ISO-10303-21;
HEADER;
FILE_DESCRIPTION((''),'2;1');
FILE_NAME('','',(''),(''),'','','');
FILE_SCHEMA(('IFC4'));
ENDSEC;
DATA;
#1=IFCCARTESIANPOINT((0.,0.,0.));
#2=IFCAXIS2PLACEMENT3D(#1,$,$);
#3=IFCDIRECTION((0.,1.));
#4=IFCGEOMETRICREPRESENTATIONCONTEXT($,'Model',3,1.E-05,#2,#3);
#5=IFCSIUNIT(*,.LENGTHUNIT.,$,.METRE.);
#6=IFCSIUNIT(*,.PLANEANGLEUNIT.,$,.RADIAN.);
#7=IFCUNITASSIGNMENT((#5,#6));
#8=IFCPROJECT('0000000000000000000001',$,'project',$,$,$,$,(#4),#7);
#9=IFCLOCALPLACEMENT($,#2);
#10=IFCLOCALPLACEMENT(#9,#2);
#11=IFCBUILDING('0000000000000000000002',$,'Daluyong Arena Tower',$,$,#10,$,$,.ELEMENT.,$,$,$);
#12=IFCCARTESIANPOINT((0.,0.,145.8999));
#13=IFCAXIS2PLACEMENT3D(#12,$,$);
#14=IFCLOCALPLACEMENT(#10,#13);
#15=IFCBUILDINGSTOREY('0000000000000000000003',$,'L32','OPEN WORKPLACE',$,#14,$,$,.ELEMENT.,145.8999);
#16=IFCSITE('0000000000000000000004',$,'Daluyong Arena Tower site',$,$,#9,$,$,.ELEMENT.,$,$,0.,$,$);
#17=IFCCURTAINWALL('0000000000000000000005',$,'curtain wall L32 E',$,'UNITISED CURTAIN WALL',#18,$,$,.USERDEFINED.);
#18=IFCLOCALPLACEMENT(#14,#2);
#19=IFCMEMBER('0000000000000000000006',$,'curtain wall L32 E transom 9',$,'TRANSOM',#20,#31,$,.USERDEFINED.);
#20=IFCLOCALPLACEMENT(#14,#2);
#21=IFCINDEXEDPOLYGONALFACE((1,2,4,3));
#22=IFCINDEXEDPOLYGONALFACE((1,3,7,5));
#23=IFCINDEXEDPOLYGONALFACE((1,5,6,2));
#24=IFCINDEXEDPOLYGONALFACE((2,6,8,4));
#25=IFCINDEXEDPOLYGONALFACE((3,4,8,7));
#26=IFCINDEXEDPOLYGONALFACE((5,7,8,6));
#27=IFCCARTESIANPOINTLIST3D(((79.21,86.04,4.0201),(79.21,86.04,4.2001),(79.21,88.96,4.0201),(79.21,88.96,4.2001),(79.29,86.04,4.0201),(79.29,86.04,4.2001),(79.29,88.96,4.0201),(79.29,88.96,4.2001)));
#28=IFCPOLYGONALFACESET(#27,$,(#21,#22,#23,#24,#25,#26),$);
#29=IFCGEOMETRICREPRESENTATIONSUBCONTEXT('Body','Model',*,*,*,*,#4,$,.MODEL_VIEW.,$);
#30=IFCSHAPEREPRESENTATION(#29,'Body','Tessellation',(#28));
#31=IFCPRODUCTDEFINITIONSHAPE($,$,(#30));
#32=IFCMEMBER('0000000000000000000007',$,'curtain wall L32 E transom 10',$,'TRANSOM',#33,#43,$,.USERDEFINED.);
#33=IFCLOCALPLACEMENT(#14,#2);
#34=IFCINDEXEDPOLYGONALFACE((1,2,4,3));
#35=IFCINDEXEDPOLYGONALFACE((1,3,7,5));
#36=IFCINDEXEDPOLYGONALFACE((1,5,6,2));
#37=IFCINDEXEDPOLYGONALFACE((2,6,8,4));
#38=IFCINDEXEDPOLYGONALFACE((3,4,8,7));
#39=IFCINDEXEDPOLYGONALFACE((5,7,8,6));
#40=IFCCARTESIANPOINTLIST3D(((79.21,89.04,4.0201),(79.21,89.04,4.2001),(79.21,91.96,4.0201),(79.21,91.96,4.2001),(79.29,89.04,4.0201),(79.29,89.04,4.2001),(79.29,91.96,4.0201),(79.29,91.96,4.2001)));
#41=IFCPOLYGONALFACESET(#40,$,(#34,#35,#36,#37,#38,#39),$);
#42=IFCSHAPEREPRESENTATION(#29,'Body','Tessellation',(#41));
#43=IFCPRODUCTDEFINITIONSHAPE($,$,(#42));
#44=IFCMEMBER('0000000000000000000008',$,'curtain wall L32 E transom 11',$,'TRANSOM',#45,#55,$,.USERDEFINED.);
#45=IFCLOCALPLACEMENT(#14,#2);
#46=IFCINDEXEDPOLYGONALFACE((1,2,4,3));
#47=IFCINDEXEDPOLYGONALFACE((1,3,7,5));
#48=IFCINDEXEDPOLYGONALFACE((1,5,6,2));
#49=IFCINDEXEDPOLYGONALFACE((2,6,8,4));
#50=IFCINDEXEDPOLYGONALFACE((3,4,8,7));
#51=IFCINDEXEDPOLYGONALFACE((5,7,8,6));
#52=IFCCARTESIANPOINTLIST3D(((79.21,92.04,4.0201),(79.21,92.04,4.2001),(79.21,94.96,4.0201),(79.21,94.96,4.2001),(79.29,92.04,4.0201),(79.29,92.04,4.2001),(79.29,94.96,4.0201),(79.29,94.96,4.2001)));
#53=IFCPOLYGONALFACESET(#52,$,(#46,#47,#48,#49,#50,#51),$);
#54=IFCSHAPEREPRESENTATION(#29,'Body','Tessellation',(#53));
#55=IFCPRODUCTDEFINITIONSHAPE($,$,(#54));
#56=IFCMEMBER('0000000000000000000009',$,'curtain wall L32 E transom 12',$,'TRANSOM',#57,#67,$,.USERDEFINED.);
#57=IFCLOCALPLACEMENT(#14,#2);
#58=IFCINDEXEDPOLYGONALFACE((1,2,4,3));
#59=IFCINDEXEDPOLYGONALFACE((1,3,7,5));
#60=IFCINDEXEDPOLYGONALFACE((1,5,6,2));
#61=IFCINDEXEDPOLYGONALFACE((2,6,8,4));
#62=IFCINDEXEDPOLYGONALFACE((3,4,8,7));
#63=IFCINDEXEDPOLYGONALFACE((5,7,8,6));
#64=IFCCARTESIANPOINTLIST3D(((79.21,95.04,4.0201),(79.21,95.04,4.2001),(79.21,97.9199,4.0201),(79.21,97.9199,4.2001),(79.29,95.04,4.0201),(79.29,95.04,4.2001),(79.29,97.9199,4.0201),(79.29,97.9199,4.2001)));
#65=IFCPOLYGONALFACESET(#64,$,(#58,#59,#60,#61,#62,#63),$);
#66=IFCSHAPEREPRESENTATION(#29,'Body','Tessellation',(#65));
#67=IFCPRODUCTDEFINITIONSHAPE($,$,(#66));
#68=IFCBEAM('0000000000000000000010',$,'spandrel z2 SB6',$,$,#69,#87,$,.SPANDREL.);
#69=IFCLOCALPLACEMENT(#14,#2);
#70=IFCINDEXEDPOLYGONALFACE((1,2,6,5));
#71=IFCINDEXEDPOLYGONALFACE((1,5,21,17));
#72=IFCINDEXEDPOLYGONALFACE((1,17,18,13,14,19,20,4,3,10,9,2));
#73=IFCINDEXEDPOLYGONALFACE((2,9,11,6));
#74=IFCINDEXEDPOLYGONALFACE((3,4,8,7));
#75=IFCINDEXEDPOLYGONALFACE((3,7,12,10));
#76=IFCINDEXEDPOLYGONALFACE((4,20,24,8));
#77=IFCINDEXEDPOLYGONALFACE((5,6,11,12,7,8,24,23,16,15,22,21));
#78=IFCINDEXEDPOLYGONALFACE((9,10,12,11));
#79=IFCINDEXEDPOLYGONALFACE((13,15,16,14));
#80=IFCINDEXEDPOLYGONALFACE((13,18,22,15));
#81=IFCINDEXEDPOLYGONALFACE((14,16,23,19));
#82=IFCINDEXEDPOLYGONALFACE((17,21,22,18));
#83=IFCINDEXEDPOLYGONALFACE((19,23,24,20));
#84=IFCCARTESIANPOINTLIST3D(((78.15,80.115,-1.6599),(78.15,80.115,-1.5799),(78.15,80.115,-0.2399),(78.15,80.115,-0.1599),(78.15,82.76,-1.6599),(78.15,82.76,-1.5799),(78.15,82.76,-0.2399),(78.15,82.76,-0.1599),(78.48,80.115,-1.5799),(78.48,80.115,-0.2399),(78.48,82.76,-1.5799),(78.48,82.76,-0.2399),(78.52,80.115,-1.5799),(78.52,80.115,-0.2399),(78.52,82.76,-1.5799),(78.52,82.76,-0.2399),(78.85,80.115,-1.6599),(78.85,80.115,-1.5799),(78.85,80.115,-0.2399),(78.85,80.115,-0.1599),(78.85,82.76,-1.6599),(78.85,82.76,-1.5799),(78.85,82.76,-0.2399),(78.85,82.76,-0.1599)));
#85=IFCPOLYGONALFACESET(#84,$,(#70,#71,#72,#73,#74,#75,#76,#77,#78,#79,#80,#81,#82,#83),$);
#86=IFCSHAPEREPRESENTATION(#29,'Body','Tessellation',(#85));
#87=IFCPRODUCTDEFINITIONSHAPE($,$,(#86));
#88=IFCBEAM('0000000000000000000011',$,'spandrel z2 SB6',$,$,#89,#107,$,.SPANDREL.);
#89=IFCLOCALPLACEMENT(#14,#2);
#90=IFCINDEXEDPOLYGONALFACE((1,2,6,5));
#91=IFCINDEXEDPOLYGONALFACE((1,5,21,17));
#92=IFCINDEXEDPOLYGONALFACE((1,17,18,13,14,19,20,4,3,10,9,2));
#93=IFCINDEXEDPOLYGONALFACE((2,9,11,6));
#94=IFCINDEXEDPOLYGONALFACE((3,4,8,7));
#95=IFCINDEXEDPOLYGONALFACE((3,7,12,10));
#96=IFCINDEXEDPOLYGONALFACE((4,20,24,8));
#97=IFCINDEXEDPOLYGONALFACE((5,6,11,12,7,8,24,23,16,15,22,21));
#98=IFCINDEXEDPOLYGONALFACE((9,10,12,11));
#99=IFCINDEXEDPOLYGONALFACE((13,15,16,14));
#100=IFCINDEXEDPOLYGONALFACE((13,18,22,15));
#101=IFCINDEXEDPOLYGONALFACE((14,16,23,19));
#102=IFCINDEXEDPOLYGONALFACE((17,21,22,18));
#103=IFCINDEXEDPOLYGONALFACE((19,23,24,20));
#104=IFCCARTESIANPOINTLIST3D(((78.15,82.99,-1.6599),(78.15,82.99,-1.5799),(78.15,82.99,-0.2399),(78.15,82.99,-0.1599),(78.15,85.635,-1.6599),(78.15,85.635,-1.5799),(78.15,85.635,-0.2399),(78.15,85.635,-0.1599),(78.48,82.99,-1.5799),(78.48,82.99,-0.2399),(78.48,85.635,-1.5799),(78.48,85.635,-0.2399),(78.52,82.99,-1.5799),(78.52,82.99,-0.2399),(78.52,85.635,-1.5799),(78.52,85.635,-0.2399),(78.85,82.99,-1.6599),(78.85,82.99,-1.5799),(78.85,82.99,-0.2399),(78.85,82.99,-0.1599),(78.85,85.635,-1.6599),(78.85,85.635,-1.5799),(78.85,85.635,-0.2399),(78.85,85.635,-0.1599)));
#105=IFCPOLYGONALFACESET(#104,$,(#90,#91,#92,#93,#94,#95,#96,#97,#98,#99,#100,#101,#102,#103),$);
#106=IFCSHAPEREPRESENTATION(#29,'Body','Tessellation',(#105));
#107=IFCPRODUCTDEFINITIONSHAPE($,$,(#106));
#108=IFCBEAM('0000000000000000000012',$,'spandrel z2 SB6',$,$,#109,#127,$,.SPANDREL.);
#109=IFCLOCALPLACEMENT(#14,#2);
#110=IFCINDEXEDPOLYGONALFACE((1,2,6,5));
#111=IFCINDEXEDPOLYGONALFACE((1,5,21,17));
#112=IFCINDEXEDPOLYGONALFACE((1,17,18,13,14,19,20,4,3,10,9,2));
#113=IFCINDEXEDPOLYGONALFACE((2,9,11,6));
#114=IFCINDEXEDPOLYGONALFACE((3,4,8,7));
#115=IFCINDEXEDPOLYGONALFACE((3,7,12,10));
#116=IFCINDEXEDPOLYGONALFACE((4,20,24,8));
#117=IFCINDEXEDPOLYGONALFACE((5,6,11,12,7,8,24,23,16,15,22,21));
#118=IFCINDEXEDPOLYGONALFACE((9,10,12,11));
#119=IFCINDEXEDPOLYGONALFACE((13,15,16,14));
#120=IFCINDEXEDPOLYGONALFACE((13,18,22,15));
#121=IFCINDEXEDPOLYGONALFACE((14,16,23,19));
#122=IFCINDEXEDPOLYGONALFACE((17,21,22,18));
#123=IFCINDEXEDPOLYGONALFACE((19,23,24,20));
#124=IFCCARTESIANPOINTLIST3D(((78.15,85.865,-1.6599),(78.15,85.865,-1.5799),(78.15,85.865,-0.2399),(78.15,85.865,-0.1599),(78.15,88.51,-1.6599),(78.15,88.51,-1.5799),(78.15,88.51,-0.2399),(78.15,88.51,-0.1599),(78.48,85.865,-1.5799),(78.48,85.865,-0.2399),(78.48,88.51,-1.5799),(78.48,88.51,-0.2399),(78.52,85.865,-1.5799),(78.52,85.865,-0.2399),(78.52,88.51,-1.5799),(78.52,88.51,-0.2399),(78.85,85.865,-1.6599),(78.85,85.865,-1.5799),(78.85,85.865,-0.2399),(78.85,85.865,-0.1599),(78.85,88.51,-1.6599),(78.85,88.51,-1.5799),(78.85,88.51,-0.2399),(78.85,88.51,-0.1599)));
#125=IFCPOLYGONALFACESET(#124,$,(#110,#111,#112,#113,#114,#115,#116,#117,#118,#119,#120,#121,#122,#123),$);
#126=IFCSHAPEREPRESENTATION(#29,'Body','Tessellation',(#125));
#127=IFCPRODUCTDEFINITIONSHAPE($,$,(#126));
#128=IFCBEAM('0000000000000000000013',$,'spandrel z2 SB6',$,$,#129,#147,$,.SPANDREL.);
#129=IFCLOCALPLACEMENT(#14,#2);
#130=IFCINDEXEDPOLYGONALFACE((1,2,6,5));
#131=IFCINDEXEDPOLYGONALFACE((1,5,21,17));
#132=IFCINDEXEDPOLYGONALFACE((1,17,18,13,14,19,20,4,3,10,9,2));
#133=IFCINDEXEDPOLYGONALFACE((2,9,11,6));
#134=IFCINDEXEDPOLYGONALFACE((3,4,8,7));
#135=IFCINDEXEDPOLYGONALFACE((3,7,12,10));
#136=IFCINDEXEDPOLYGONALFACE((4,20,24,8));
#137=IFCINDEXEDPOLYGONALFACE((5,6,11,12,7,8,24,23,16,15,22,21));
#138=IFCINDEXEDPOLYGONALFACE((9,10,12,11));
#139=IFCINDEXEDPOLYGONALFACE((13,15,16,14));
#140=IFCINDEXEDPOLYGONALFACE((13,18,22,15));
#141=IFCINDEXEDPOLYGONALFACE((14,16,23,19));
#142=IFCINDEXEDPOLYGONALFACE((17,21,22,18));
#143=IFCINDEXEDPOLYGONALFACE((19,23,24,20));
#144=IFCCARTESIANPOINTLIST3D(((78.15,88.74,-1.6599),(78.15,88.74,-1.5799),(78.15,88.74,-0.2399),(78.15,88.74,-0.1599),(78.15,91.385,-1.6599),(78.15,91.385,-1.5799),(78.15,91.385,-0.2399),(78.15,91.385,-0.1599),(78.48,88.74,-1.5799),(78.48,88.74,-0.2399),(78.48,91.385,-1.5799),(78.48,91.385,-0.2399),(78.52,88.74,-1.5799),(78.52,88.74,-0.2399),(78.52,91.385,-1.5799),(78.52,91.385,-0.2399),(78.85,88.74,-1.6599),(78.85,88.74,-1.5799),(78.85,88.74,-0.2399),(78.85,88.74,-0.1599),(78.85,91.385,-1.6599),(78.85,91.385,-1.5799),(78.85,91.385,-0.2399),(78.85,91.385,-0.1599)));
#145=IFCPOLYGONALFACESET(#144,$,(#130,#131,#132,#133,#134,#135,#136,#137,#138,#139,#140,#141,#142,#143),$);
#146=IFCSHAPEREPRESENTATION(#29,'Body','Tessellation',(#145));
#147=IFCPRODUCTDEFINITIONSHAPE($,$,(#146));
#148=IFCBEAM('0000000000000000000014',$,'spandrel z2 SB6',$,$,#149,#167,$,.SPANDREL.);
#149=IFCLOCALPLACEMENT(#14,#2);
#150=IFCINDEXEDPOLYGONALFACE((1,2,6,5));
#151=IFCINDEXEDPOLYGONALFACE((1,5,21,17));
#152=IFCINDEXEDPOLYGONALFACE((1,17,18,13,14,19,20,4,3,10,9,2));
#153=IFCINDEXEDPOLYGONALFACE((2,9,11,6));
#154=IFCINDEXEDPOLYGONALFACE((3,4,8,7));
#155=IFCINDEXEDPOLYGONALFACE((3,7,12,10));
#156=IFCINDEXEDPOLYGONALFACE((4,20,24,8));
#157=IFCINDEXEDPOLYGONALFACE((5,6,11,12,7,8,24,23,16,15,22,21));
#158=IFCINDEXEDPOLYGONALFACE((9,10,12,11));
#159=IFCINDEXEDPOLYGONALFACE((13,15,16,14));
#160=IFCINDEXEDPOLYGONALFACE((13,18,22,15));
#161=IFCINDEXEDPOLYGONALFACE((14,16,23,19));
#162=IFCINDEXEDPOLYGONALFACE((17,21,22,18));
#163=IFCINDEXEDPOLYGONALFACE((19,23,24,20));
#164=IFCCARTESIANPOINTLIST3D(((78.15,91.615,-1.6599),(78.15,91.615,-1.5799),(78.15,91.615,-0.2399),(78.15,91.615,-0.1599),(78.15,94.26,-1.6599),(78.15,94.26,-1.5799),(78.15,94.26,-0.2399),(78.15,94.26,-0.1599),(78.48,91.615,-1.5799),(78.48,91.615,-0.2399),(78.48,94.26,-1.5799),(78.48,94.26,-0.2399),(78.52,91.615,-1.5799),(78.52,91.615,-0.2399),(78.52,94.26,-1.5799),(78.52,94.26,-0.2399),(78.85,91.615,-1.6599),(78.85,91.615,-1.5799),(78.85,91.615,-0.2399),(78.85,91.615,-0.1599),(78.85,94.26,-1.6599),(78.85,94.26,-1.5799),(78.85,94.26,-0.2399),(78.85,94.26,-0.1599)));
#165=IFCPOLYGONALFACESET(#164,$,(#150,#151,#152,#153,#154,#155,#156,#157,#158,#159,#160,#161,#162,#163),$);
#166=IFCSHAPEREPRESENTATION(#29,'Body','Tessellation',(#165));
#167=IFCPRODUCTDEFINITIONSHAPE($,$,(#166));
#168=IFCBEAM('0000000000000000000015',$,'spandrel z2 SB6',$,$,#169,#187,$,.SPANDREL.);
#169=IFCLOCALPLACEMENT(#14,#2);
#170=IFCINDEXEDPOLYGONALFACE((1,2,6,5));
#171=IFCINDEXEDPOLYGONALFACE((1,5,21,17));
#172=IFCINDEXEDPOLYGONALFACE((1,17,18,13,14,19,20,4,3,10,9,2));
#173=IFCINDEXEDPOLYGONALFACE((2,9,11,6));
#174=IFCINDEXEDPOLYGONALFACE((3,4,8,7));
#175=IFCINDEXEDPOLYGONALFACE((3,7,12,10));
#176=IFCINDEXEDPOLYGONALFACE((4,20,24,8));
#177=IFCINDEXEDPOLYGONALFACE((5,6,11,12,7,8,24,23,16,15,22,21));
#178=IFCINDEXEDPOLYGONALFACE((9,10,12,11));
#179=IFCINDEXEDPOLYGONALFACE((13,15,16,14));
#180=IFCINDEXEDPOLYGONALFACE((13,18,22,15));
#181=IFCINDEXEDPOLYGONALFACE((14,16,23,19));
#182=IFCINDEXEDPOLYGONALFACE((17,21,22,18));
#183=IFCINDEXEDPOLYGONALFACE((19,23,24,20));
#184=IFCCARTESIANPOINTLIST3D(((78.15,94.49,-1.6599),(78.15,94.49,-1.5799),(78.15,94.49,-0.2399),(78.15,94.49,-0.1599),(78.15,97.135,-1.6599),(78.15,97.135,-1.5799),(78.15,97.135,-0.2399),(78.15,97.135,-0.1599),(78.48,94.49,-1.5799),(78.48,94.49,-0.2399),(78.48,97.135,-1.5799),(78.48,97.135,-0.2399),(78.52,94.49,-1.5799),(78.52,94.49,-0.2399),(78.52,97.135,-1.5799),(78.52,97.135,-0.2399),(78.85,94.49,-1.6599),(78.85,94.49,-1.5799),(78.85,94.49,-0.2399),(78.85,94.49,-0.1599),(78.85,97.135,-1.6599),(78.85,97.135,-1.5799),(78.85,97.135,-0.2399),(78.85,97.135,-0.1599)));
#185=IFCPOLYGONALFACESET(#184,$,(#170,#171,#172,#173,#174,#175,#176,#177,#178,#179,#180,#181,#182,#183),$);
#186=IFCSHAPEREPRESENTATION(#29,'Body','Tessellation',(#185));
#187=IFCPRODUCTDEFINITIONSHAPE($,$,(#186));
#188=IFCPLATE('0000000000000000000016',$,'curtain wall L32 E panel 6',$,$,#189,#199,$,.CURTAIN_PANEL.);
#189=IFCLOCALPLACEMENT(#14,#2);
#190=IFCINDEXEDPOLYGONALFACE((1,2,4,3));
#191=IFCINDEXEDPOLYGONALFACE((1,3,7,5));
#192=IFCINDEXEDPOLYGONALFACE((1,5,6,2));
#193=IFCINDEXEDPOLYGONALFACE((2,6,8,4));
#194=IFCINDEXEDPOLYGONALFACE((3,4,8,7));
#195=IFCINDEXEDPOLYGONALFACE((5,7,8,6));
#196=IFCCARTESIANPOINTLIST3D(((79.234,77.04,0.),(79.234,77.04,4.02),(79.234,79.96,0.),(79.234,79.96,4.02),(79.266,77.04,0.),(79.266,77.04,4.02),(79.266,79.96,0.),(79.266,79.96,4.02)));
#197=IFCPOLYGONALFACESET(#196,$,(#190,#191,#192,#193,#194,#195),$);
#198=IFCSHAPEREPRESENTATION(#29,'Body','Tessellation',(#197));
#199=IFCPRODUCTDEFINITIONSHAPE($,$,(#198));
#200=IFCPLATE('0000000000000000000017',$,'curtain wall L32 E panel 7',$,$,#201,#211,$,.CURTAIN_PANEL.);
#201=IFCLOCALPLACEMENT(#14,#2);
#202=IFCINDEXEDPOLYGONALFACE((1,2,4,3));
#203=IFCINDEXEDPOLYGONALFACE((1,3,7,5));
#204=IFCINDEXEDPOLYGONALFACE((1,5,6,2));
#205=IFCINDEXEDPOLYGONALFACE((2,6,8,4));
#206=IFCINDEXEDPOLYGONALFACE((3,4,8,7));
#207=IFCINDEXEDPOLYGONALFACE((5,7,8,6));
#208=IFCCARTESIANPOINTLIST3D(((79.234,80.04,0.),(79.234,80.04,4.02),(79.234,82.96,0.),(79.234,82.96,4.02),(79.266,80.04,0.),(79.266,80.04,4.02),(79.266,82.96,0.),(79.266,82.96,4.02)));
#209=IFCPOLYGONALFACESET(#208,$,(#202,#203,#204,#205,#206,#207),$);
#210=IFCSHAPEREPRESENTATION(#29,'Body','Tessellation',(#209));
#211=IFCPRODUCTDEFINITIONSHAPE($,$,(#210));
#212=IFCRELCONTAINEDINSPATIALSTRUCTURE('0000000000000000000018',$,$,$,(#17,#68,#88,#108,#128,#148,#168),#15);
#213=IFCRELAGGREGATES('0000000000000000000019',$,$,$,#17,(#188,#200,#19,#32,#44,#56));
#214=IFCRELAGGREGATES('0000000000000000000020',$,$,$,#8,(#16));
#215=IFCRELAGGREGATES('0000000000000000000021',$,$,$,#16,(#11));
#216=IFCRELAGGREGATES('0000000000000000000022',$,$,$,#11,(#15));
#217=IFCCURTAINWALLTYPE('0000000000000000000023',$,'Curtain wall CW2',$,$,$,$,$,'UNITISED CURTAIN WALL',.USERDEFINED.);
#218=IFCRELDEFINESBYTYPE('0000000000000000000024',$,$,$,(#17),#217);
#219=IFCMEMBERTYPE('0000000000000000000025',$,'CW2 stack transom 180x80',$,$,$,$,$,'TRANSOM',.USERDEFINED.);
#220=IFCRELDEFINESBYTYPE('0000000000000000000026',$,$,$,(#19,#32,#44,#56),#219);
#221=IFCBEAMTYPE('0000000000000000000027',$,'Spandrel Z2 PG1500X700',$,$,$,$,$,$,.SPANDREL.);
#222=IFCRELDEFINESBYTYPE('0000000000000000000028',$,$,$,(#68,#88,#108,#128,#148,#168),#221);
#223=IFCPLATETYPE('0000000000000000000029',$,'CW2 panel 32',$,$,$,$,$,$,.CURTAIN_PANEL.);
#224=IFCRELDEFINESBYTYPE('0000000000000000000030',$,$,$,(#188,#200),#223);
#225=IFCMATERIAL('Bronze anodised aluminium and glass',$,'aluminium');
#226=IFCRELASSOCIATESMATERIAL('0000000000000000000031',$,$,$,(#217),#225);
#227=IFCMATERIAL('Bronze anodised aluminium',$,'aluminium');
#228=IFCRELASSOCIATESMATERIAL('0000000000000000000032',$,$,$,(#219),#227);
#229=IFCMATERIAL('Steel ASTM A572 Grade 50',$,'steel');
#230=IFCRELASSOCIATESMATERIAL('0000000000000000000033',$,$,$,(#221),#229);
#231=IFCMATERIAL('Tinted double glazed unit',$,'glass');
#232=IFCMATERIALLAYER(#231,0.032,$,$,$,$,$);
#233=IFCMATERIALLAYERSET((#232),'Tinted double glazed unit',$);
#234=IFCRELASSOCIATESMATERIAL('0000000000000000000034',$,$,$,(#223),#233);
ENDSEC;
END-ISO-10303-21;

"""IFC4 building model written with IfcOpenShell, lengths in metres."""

from ifc_helpers import new_model, si_unit, direction, frame, origin, origin_2d, place, context, subcontext, project, spatial, rectangle, i_section, extrude, material, layer, layer_set, material_profile, profile_set, type_object, element, aggregate, save


model = new_model("IFC4")

# Units and contexts
model_context = context("Model", 3, precision=1e-05, world=origin(), true_north=direction((0.0, 1.0)))
body_context = subcontext(model_context, "Body", "Model", "MODEL_VIEW")
ifc_project = project(units=[si_unit("LENGTHUNIT", "METRE"), si_unit("PLANEANGLEUNIT", "RADIAN")], contexts=[model_context])

# Site, building, storey
site_placement = place(None, origin())
site = spatial("IfcSite", under=ifc_project, at=site_placement, Name="Daluyong Arena Tower site", CompositionType="ELEMENT", RefElevation=0.0)
building_placement = place(site_placement, origin())
building = spatial("IfcBuilding", under=site, at=building_placement, Name="Daluyong Arena Tower", CompositionType="ELEMENT")
storey_placement = place(building_placement, frame((0.0, 0.0, 145.8999)))
storey = spatial("IfcBuildingStorey", under=building, at=storey_placement, Name="L32", Description="OPEN WORKPLACE", CompositionType="ELEMENT", Elevation=145.8999)

# Curtain wall, members
ifc_material_1 = material(Name="Bronze anodised aluminium and glass", Category="aluminium")
curtain_wall_type = type_object("IfcCurtainWallType", Name="Curtain wall CW2", ElementType="UNITISED CURTAIN WALL", PredefinedType="USERDEFINED", material=ifc_material_1)
curtain_wall_placement = place(storey_placement, origin())
curtain_wall = element("IfcCurtainWall", 1, at=curtain_wall_placement, inside=storey, type_object=curtain_wall_type, Name="curtain wall L32 E", ObjectType="UNITISED CURTAIN WALL", PredefinedType="USERDEFINED")
ifc_material_2 = material(Name="Bronze anodised aluminium", Category="aluminium")
ifc_material_profile_1 = material_profile(ifc_material_2, rectangle(XDim=0.0801, YDim=0.1799, at=origin_2d()))
ifc_profile_set_1 = profile_set([ifc_material_profile_1], Name="Bronze anodised aluminium")
member_type_1 = type_object("IfcMemberType", Name="CW2 stack transom 180x80", ElementType="TRANSOM", PredefinedType="USERDEFINED", material=ifc_profile_set_1)
member_1_placement = place(storey_placement, frame((79.25, 86.04, 4.1101), z_axis=(0.0, 1.0, 0.0), x_axis=(-1.0, 0.0, 0.0)))
member_1 = element("IfcMember", 2, at=member_1_placement, type_object=member_type_1, Name="curtain wall L32 E transom 9", ObjectType="TRANSOM", PredefinedType="USERDEFINED", context=body_context, shape_type="SweptSolid", body=[
    extrude(rectangle(XDim=0.0801, YDim=0.1799, at=origin_2d()), origin(), (0.0, 0.0, 1.0), 2.9199),
])
member_2_placement = place(storey_placement, frame((79.25, 89.04, 4.1101), z_axis=(0.0, 1.0, 0.0), x_axis=(-1.0, 0.0, 0.0)))
member_2 = element("IfcMember", 3, at=member_2_placement, type_object=member_type_1, Name="curtain wall L32 E transom 10", ObjectType="TRANSOM", PredefinedType="USERDEFINED", context=body_context, shape_type="SweptSolid", body=[
    extrude(rectangle(XDim=0.0801, YDim=0.1799, at=origin_2d()), origin(), (0.0, 0.0, 1.0), 2.9199),
])
member_3_placement = place(storey_placement, frame((79.25, 92.04, 4.1101), z_axis=(0.0, 1.0, 0.0), x_axis=(-1.0, 0.0, 0.0)))
member_3 = element("IfcMember", 4, at=member_3_placement, type_object=member_type_1, Name="curtain wall L32 E transom 11", ObjectType="TRANSOM", PredefinedType="USERDEFINED", context=body_context, shape_type="SweptSolid", body=[
    extrude(rectangle(XDim=0.0801, YDim=0.1799, at=origin_2d()), origin(), (0.0, 0.0, 1.0), 2.9199),
])
member_4_placement = place(storey_placement, frame((79.25, 95.04, 4.1101), z_axis=(0.0, 1.0, 0.0), x_axis=(-1.0, 0.0, 0.0)))
member_4 = element("IfcMember", 5, at=member_4_placement, type_object=member_type_1, Name="curtain wall L32 E transom 12", ObjectType="TRANSOM", PredefinedType="USERDEFINED", context=body_context, shape_type="SweptSolid", body=[
    extrude(rectangle(XDim=0.0801, YDim=0.1799, at=origin_2d()), origin(), (0.0, 0.0, 1.0), 2.8799),
])

# Beams
ifc_material_3 = material(Name="Steel ASTM A572 Grade 50", Category="steel")
ifc_material_profile_2 = material_profile(ifc_material_3, i_section(OverallWidth=0.7, OverallDepth=1.5, WebThickness=0.04, FlangeThickness=0.08, at=origin_2d()))
ifc_profile_set_2 = profile_set([ifc_material_profile_2], Name="Steel ASTM A572 Grade 50")
beam_type = type_object("IfcBeamType", Name="Spandrel Z2 PG1500X700", PredefinedType="SPANDREL", material=ifc_profile_set_2)
for number, where, z_axis, x_axis, name in (
    (6, (78.5, 80.115, -0.9099), (0.0, 1.0, 0.0), (-1.0, 0.0, 0.0), "spandrel z2 SB6"),
    (7, (78.5, 82.99, -0.9099), (0.0, 1.0, 0.0), (-1.0, 0.0, 0.0), "spandrel z2 SB6"),
    (8, (78.5, 85.865, -0.9099), (0.0, 1.0, 0.0), (-1.0, 0.0, 0.0), "spandrel z2 SB6"),
    (9, (78.5, 88.74, -0.9099), (0.0, 1.0, 0.0), (-1.0, 0.0, 0.0), "spandrel z2 SB6"),
    (10, (78.5, 91.615, -0.9099), (0.0, 1.0, 0.0), (-1.0, 0.0, 0.0), "spandrel z2 SB6"),
    (11, (78.5, 94.49, -0.9099), (0.0, 1.0, 0.0), (-1.0, 0.0, 0.0), "spandrel z2 SB6"),
):
    element("IfcBeam", number, at=place(storey_placement, frame(where, z_axis=z_axis, x_axis=x_axis)), inside=storey, type_object=beam_type, Name=name, PredefinedType="SPANDREL", context=body_context, shape_type="SweptSolid", body=[
        extrude(i_section(OverallWidth=0.7, OverallDepth=1.5, WebThickness=0.04, FlangeThickness=0.08, at=origin_2d()), origin(), (0.0, 0.0, 1.0), 2.645),
    ])

# Plates
ifc_material_4 = material(Name="Tinted double glazed unit", Category="glass")
ifc_layer = layer(ifc_material_4, 0.032)
ifc_layer_set = layer_set([ifc_layer], Name="Tinted double glazed unit")
plate_type = type_object("IfcPlateType", Name="CW2 panel 32", PredefinedType="CURTAIN_PANEL", material=ifc_layer_set)
plate_1_placement = place(storey_placement, frame((79.25, 78.5, 0.0), z_axis=(0.0, 0.0, 1.0), x_axis=(0.0, 1.0, 0.0)))
plate_1 = element("IfcPlate", 12, at=plate_1_placement, type_object=plate_type, Name="curtain wall L32 E panel 6", PredefinedType="CURTAIN_PANEL", context=body_context, shape_type="SweptSolid", body=[
    extrude(rectangle(XDim=2.9199, YDim=0.032, at=origin_2d()), origin(), (0.0, 0.0, 1.0), 4.02),
])
plate_2_placement = place(storey_placement, frame((79.25, 81.5, 0.0), z_axis=(0.0, 0.0, 1.0), x_axis=(0.0, 1.0, 0.0)))
plate_2 = element("IfcPlate", 13, at=plate_2_placement, type_object=plate_type, Name="curtain wall L32 E panel 7", PredefinedType="CURTAIN_PANEL", context=body_context, shape_type="SweptSolid", body=[
    extrude(rectangle(XDim=2.9199, YDim=0.032, at=origin_2d()), origin(), (0.0, 0.0, 1.0), 4.02),
])
aggregate(curtain_wall, [plate_1, plate_2, member_1, member_2, member_3, member_4])

save(model, "model.ifc")
